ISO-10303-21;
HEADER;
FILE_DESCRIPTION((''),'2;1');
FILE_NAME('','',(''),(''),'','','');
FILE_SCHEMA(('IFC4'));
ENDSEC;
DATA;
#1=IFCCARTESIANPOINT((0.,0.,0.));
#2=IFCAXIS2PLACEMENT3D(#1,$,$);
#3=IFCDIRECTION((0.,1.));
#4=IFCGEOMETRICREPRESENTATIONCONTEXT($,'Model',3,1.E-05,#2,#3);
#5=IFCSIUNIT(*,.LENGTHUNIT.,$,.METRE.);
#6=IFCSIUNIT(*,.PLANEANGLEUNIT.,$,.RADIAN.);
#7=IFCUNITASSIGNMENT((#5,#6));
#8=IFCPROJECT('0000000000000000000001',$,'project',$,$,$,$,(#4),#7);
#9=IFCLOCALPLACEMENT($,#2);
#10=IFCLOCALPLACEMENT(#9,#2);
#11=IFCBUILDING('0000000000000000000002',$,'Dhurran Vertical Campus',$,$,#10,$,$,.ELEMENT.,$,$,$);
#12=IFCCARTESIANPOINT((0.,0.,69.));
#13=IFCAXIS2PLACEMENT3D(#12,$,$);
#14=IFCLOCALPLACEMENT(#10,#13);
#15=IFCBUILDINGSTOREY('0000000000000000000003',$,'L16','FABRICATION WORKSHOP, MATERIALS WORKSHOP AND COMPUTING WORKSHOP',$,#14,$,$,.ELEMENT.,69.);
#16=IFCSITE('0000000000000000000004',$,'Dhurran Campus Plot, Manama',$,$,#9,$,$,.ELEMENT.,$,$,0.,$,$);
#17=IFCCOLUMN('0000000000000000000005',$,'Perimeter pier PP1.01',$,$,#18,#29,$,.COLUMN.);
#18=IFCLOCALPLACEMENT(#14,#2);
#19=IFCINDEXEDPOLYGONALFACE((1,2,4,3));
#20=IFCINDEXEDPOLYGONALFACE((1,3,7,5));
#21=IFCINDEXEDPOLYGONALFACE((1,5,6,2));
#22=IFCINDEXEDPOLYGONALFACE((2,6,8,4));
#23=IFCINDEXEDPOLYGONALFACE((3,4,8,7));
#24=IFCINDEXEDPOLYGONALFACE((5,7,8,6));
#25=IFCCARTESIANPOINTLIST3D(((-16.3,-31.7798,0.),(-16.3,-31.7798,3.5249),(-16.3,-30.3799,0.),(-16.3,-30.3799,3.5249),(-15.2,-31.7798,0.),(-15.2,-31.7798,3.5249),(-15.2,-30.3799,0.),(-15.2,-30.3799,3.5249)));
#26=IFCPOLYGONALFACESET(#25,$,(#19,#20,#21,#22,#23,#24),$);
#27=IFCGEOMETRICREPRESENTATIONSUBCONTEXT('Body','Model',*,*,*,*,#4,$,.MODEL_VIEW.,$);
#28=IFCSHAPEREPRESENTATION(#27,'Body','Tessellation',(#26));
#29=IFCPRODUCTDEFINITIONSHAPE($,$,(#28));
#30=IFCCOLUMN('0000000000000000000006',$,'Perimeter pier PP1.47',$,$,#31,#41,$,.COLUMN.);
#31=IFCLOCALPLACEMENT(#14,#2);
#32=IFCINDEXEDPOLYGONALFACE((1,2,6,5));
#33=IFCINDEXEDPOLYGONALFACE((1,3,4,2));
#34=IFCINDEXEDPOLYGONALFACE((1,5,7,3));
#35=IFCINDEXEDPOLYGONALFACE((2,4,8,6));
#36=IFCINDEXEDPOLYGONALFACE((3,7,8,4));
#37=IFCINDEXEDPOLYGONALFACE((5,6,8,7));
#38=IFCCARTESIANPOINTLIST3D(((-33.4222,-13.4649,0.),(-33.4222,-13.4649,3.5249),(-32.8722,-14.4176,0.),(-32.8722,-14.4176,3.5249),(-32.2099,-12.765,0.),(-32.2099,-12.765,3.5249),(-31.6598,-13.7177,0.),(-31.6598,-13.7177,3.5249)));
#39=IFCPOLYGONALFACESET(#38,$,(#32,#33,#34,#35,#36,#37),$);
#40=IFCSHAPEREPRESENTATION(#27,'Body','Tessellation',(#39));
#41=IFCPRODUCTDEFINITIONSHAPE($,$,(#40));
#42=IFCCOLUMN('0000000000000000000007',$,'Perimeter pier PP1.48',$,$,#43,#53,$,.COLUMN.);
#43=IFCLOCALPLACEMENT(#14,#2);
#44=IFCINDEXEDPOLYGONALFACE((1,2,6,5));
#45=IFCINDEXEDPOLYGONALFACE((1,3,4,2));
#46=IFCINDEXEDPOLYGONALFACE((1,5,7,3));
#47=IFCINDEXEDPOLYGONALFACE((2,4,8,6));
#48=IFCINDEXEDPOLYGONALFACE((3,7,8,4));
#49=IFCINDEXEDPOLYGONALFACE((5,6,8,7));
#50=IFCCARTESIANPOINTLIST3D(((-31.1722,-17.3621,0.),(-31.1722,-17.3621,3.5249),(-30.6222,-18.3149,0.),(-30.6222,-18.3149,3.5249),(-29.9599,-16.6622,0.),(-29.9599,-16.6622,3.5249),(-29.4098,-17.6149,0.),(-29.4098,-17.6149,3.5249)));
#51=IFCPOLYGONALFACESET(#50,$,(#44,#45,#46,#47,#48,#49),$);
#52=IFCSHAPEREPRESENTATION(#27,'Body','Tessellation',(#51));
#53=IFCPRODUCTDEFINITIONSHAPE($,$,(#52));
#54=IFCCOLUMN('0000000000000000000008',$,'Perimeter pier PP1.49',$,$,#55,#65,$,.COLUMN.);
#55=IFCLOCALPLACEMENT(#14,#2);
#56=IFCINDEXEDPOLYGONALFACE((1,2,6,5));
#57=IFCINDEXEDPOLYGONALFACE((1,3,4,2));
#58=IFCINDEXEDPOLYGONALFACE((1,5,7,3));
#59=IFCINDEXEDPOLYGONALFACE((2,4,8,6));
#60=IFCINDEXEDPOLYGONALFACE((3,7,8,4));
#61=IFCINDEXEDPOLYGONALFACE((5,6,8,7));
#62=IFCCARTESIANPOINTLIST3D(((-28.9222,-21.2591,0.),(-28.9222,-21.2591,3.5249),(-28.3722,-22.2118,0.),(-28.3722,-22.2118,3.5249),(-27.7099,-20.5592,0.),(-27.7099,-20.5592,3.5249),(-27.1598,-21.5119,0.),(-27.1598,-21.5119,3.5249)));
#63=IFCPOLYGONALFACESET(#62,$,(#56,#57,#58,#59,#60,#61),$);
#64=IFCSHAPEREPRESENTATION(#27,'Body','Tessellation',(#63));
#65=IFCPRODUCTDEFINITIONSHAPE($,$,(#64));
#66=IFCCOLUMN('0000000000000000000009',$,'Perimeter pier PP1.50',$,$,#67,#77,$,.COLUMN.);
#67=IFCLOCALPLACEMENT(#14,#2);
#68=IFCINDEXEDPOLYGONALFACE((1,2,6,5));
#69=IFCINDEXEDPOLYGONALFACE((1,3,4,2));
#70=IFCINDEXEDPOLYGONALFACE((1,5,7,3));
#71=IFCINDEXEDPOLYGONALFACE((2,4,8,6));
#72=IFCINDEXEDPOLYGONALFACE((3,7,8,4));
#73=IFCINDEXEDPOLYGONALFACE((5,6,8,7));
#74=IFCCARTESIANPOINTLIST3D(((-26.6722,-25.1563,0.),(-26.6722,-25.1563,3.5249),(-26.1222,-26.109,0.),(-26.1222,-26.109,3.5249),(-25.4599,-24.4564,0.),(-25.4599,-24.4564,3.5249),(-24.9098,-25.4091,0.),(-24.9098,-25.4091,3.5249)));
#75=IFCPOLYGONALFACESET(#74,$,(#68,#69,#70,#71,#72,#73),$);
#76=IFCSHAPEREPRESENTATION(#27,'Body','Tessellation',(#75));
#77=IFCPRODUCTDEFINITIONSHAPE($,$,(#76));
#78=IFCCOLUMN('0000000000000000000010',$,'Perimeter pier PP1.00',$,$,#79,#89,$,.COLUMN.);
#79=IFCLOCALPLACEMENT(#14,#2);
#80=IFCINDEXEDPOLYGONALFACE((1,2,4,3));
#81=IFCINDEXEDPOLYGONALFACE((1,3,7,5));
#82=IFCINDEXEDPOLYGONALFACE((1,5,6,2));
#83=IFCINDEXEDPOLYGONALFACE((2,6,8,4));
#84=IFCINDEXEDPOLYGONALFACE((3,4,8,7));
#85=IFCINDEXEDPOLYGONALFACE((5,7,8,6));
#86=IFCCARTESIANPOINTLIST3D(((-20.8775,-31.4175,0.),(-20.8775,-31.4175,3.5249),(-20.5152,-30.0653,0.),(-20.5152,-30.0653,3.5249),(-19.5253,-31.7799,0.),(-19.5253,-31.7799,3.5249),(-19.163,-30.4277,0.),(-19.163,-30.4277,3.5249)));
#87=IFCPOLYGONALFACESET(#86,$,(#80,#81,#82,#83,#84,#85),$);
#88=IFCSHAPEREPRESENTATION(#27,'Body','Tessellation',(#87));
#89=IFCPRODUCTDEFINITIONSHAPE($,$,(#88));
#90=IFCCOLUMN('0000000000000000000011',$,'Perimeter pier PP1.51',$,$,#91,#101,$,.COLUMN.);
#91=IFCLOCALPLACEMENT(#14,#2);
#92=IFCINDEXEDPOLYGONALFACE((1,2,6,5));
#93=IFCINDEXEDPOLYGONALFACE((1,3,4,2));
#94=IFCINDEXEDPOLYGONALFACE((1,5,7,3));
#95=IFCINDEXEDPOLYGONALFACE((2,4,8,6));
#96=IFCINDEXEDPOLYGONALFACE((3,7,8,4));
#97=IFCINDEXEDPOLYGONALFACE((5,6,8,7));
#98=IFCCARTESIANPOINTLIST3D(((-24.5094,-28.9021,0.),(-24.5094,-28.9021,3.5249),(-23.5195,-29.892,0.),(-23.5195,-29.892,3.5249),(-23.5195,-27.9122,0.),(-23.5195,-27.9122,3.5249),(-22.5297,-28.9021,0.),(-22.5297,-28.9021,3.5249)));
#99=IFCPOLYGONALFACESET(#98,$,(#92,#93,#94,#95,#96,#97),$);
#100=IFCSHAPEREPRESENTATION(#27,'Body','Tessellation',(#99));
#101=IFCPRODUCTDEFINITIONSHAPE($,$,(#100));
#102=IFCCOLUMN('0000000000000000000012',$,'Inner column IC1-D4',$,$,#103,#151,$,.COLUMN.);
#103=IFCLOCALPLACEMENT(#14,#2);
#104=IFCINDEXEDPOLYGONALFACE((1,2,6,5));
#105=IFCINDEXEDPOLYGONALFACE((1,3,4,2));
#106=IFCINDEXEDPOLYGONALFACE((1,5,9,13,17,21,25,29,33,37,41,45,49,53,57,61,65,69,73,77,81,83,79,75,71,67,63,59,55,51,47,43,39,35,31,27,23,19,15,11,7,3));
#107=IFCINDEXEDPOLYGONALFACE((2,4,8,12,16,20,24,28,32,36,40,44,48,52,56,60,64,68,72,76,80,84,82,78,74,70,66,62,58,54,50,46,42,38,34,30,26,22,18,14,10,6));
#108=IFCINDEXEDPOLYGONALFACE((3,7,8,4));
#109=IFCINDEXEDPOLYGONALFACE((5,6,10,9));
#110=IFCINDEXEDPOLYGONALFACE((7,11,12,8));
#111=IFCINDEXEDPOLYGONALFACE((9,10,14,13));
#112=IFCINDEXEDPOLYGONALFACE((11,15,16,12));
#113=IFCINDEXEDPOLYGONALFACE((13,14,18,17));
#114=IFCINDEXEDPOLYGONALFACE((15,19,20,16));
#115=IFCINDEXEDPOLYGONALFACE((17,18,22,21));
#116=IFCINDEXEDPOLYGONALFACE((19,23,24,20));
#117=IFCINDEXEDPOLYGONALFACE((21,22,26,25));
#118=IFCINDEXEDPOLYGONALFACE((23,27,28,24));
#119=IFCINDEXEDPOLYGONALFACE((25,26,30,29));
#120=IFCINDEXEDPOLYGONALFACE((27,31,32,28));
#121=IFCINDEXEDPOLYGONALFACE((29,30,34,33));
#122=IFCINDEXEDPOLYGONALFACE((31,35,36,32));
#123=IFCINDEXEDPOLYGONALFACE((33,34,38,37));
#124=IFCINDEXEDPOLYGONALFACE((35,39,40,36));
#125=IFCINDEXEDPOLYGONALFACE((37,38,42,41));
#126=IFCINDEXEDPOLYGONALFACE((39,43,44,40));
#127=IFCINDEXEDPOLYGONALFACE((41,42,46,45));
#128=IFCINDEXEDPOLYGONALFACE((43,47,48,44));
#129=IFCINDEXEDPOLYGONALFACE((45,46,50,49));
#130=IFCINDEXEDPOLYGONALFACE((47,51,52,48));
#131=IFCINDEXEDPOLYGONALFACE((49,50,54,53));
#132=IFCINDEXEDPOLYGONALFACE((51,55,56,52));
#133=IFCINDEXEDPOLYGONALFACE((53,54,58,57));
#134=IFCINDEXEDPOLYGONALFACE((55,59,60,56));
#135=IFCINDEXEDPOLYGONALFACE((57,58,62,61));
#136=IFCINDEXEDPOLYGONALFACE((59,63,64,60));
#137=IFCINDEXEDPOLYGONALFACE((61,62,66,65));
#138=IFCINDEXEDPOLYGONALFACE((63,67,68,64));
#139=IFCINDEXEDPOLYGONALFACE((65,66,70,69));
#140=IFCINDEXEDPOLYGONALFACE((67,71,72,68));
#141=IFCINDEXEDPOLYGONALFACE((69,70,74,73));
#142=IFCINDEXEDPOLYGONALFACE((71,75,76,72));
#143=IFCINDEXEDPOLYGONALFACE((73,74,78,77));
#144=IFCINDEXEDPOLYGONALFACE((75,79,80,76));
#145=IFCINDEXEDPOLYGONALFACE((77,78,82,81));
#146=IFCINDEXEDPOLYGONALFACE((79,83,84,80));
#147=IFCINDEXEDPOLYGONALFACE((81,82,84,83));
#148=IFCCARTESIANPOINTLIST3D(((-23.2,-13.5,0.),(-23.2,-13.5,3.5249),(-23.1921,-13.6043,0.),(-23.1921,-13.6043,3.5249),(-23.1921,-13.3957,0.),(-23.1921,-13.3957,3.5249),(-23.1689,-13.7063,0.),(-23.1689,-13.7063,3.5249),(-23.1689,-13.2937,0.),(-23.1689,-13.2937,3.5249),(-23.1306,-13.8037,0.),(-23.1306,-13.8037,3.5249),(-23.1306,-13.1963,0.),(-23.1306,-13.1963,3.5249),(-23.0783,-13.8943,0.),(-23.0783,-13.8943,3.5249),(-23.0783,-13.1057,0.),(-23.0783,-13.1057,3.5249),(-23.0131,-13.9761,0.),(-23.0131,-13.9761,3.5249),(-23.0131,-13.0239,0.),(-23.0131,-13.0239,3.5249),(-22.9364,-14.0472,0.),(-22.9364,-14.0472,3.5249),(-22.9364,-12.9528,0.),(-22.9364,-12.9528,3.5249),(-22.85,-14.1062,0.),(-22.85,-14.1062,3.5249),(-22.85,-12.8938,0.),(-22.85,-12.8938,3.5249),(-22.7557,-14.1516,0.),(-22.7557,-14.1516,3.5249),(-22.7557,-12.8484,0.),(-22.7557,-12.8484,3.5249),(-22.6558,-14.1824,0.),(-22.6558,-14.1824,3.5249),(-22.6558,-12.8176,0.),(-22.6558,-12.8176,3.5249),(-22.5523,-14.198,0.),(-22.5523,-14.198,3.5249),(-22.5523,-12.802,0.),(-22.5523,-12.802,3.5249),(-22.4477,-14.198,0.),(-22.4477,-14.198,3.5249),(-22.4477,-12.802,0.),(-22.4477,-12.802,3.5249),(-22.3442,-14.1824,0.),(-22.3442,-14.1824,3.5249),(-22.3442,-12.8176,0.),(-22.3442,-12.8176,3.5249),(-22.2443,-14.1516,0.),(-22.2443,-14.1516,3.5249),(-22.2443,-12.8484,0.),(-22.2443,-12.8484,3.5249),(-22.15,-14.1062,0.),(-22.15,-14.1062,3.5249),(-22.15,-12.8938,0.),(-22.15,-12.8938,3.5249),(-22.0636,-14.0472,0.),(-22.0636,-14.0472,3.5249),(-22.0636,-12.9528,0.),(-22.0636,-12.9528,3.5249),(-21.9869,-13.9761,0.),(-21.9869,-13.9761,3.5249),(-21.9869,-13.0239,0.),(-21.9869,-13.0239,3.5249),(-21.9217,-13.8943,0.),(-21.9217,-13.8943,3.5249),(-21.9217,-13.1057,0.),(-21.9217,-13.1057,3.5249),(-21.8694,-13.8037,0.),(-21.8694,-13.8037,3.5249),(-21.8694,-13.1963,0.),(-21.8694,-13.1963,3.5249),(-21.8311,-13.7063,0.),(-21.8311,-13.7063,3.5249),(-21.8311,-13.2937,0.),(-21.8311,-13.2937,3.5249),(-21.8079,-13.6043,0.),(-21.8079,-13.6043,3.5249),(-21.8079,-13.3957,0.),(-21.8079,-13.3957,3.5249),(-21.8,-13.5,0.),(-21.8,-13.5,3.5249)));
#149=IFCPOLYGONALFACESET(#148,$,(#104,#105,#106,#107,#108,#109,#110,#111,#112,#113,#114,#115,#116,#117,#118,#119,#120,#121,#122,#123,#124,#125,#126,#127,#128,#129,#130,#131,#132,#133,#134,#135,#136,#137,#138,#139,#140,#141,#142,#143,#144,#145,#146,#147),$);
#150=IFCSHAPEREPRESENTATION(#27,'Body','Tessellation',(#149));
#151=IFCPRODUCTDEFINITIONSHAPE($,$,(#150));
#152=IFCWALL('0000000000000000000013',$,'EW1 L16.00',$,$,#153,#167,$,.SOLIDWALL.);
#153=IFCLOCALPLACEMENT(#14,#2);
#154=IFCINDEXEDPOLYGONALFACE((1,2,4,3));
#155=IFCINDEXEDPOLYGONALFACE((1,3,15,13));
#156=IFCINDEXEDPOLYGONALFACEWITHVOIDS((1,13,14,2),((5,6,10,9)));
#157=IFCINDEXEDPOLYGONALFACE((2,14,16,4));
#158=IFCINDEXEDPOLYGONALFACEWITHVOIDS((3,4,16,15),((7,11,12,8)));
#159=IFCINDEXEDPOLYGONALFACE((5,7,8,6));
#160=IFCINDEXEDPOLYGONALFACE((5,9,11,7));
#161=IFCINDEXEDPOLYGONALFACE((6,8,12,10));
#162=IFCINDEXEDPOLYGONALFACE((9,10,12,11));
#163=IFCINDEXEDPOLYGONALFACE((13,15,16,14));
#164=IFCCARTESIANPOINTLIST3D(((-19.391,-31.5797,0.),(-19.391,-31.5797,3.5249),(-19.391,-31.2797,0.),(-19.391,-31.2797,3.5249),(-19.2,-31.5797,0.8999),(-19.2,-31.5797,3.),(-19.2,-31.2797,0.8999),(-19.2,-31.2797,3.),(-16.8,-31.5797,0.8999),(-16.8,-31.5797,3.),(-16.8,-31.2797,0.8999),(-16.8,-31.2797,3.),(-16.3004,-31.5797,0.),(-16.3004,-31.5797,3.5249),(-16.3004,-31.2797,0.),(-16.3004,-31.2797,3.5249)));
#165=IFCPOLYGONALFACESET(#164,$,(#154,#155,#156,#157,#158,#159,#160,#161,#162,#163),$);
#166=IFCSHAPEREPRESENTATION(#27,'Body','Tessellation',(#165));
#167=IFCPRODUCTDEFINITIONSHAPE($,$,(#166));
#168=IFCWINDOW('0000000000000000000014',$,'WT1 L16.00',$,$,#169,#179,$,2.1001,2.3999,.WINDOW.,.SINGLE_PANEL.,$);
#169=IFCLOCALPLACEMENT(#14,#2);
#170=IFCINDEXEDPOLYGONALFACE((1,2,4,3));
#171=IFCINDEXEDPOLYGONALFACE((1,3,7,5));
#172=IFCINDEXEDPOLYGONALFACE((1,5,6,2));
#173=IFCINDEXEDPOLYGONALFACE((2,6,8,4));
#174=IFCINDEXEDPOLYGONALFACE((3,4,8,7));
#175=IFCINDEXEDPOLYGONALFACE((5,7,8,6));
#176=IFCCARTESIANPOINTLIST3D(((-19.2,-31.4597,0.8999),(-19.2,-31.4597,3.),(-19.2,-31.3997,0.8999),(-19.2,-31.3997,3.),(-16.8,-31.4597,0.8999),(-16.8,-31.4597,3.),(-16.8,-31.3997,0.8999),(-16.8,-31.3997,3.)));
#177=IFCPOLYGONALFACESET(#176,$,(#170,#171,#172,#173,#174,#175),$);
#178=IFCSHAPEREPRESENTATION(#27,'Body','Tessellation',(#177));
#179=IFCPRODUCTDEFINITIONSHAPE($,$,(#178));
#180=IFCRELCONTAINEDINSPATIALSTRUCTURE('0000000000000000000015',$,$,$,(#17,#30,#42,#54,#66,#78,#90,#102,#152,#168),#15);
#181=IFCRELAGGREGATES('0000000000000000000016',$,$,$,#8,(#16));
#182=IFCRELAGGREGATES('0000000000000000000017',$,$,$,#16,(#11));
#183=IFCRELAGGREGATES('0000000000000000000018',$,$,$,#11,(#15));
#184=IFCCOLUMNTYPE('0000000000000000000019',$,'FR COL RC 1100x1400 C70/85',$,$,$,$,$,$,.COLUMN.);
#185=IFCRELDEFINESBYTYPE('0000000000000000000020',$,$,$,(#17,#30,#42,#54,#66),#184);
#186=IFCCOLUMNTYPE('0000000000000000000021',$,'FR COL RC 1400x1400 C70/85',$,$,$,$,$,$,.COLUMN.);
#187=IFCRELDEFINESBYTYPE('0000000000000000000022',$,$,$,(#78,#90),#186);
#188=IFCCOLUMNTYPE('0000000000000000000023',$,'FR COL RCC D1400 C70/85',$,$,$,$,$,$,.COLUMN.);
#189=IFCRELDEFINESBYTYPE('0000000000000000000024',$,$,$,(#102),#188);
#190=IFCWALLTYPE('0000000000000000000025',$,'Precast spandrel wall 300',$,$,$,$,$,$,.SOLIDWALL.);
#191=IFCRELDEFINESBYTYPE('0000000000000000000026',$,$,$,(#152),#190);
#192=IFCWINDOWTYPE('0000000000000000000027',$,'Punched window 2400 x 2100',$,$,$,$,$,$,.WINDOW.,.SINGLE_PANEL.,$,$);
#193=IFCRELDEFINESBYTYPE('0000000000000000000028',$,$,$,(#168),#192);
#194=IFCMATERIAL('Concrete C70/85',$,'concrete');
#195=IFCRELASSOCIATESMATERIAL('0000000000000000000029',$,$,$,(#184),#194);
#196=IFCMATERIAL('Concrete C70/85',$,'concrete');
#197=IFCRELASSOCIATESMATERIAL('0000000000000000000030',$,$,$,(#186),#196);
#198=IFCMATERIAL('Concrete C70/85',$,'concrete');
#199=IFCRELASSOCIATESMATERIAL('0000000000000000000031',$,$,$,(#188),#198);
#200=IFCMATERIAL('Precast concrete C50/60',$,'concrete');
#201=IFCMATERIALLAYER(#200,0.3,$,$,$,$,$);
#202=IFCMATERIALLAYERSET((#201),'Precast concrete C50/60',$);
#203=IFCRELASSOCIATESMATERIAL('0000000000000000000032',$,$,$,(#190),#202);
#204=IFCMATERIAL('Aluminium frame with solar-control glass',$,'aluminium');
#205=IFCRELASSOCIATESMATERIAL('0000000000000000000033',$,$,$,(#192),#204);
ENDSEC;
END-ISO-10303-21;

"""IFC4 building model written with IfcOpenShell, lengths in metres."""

from ifc_helpers import new_model, si_unit, direction, frame, frame_2d, origin, origin_2d, place, context, subcontext, project, spatial, rectangle, circle, extrude, material, layer, layer_set, material_profile, profile_set, type_object, element, fill, save


model = new_model("IFC4")

# Units and contexts
model_context = context("Model", 3, precision=1e-05, world=origin(), true_north=direction((0.0, 1.0)))
body_context = subcontext(model_context, "Body", "Model", "MODEL_VIEW")
ifc_project = project(units=[si_unit("LENGTHUNIT", "METRE"), si_unit("PLANEANGLEUNIT", "RADIAN")], contexts=[model_context])

# Site, building, storey
site_placement = place(None, origin())
site = spatial("IfcSite", under=ifc_project, at=site_placement, Name="Dhurran Campus Plot, Manama", CompositionType="ELEMENT", RefElevation=0.0)
building_placement = place(site_placement, origin())
building = spatial("IfcBuilding", under=site, at=building_placement, Name="Dhurran Vertical Campus", CompositionType="ELEMENT")
storey_placement = place(building_placement, frame((0.0, 0.0, 69.0)))
storey = spatial("IfcBuildingStorey", under=building, at=storey_placement, Name="L16", Description="FABRICATION WORKSHOP, MATERIALS WORKSHOP AND COMPUTING WORKSHOP", CompositionType="ELEMENT", Elevation=69.0)

# Columns
ifc_material_1 = material(Name="Concrete C70/85", Category="concrete")
ifc_material_profile_1 = material_profile(ifc_material_1, rectangle(XDim=1.1001, YDim=1.3999, at=origin_2d()), Name="RC 1100x1400")
ifc_profile_set_1 = profile_set([ifc_material_profile_1], Name="Concrete C70/85")
column_type_1 = type_object("IfcColumnType", Name="FR COL RC 1100x1400 C70/85", PredefinedType="COLUMN", material=ifc_profile_set_1)
for number, where, z_axis, x_axis, name in (
    (1, (-15.75, -31.0798, 0.0), (0.0, 0.0, 1.0), (1.0, 0.0, 0.0), "Perimeter pier PP1.01"),
    (2, (-32.541, -13.5913, 0.0), (0.0, 0.0, 1.0), (0.5, -0.866025, 0.0), "Perimeter pier PP1.47"),
    (3, (-30.291, -17.4885, 0.0), (0.0, 0.0, 1.0), (0.5, -0.866025, 0.0), "Perimeter pier PP1.48"),
    (4, (-28.041, -21.3855, 0.0), (0.0, 0.0, 1.0), (0.5, -0.866025, 0.0), "Perimeter pier PP1.49"),
    (5, (-25.791, -25.2827, 0.0), (0.0, 0.0, 1.0), (0.5, -0.866025, 0.0), "Perimeter pier PP1.50"),
):
    element("IfcColumn", number, at=place(storey_placement, frame(where, z_axis=z_axis, x_axis=x_axis)), inside=storey, type_object=column_type_1, Name=name, PredefinedType="COLUMN", context=body_context, shape_type="SweptSolid", body=[
        extrude(rectangle(XDim=1.1001, YDim=1.3999, at=origin_2d()), origin(), (0.0, 0.0, 1.0), 3.5249),
    ])
ifc_material_2 = material(Name="Concrete C70/85", Category="concrete")
ifc_material_profile_2 = material_profile(ifc_material_2, rectangle(XDim=1.3999, YDim=1.3999, at=origin_2d()), Name="RC 1400x1400")
ifc_profile_set_2 = profile_set([ifc_material_profile_2], Name="Concrete C70/85")
column_type_2 = type_object("IfcColumnType", Name="FR COL RC 1400x1400 C70/85", PredefinedType="COLUMN", material=ifc_profile_set_2)
for number, where, z_axis, x_axis, name in (
    (6, (-20.0203, -30.9226, 0.0), (0.0, 0.0, 1.0), (0.965926, -0.258819, 0.0), "Perimeter pier PP1.00"),
    (7, (-23.5195, -28.9021, 0.0), (0.0, 0.0, 1.0), (0.707107, -0.707107, 0.0), "Perimeter pier PP1.51"),
):
    element("IfcColumn", number, at=place(storey_placement, frame(where, z_axis=z_axis, x_axis=x_axis)), inside=storey, type_object=column_type_2, Name=name, PredefinedType="COLUMN", context=body_context, shape_type="SweptSolid", body=[
        extrude(rectangle(XDim=1.3999, YDim=1.3999, at=origin_2d()), origin(), (0.0, 0.0, 1.0), 3.5249),
    ])
ifc_material_3 = material(Name="Concrete C70/85", Category="concrete")
ifc_material_profile_3 = material_profile(ifc_material_3, circle(Radius=0.7, at=origin_2d()), Name="RCC D1400")
ifc_profile_set_3 = profile_set([ifc_material_profile_3], Name="Concrete C70/85")
column_type_3 = type_object("IfcColumnType", Name="FR COL RCC D1400 C70/85", PredefinedType="COLUMN", material=ifc_profile_set_3)
column_placement = place(storey_placement, frame((-22.5, -13.5, 0.0), z_axis=(0.0, 0.0, 1.0), x_axis=(1.0, 0.0, 0.0)))
element("IfcColumn", 8, at=column_placement, inside=storey, type_object=column_type_3, Name="Inner column IC1-D4", PredefinedType="COLUMN", context=body_context, shape_type="SweptSolid", body=[
    extrude(circle(Radius=0.7, at=origin_2d()), origin(), (0.0, 0.0, 1.0), 3.5249),
])

# Wall, opening, window
ifc_material_4 = material(Name="Precast concrete C50/60", Category="concrete")
ifc_layer_1 = layer(ifc_material_4, 0.3)
ifc_layer_set_1 = layer_set([ifc_layer_1], Name="Precast concrete C50/60")
wall_type_1 = type_object("IfcWallType", Name="Precast spandrel wall 300", PredefinedType="SOLIDWALL", material=ifc_layer_set_1)
wall_1_placement = place(storey_placement, frame((-19.3911, -31.4297, 0.0), z_axis=(0.0, 0.0, 1.0), x_axis=(1.0, 0.0, 0.0)))
wall_1 = element("IfcWall", 9, at=wall_1_placement, inside=storey, type_object=wall_type_1, Name="EW1 L16.00", PredefinedType="SOLIDWALL", context=body_context, shape_type="SweptSolid", body=[
    extrude(rectangle(XDim=3.0906, YDim=0.3, at=frame_2d((1.5454, 0.0))), origin(), (0.0, 0.0, 1.0), 3.5249),
])
opening_1_placement = place(wall_1_placement, frame((0.1912, 0.0, 0.8999)))
opening_1 = element("IfcOpeningElement", 10, at=opening_1_placement, cuts=wall_1, PredefinedType="OPENING", context=body_context, shape_type="SweptSolid", body=[
    extrude(rectangle(XDim=2.3999, YDim=2.1001, at=frame_2d((1.2, 1.05))), frame((0.0, 0.1599, 0.0), z_axis=(0.0, -1.0, 0.0), x_axis=(1.0, 0.0, 0.0)), (0.0, 0.0, 1.0), 0.3201),
])
ifc_material_5 = material(Name="Aluminium frame with solar-control glass", Category="aluminium")
window_type = type_object("IfcWindowType", Name="Punched window 2400 x 2100", PartitioningType="SINGLE_PANEL", PredefinedType="WINDOW", material=ifc_material_5)
window_1_placement = place(opening_1_placement, origin())
window_1 = element("IfcWindow", 11, at=window_1_placement, inside=storey, type_object=window_type, Name="WT1 L16.00", OverallHeight=2.1001, OverallWidth=2.3999, PartitioningType="SINGLE_PANEL", PredefinedType="WINDOW", context=body_context, shape_type="SweptSolid", body=[
    extrude(rectangle(XDim=2.3999, YDim=2.1001, at=frame_2d((1.2, 1.05))), frame((0.0, 0.03, 0.0), z_axis=(0.0, -1.0, 0.0), x_axis=(1.0, 0.0, 0.0)), (0.0, 0.0, 1.0), 0.0601),
])
fill(opening_1, window_1)

save(model, "model.ifc")
